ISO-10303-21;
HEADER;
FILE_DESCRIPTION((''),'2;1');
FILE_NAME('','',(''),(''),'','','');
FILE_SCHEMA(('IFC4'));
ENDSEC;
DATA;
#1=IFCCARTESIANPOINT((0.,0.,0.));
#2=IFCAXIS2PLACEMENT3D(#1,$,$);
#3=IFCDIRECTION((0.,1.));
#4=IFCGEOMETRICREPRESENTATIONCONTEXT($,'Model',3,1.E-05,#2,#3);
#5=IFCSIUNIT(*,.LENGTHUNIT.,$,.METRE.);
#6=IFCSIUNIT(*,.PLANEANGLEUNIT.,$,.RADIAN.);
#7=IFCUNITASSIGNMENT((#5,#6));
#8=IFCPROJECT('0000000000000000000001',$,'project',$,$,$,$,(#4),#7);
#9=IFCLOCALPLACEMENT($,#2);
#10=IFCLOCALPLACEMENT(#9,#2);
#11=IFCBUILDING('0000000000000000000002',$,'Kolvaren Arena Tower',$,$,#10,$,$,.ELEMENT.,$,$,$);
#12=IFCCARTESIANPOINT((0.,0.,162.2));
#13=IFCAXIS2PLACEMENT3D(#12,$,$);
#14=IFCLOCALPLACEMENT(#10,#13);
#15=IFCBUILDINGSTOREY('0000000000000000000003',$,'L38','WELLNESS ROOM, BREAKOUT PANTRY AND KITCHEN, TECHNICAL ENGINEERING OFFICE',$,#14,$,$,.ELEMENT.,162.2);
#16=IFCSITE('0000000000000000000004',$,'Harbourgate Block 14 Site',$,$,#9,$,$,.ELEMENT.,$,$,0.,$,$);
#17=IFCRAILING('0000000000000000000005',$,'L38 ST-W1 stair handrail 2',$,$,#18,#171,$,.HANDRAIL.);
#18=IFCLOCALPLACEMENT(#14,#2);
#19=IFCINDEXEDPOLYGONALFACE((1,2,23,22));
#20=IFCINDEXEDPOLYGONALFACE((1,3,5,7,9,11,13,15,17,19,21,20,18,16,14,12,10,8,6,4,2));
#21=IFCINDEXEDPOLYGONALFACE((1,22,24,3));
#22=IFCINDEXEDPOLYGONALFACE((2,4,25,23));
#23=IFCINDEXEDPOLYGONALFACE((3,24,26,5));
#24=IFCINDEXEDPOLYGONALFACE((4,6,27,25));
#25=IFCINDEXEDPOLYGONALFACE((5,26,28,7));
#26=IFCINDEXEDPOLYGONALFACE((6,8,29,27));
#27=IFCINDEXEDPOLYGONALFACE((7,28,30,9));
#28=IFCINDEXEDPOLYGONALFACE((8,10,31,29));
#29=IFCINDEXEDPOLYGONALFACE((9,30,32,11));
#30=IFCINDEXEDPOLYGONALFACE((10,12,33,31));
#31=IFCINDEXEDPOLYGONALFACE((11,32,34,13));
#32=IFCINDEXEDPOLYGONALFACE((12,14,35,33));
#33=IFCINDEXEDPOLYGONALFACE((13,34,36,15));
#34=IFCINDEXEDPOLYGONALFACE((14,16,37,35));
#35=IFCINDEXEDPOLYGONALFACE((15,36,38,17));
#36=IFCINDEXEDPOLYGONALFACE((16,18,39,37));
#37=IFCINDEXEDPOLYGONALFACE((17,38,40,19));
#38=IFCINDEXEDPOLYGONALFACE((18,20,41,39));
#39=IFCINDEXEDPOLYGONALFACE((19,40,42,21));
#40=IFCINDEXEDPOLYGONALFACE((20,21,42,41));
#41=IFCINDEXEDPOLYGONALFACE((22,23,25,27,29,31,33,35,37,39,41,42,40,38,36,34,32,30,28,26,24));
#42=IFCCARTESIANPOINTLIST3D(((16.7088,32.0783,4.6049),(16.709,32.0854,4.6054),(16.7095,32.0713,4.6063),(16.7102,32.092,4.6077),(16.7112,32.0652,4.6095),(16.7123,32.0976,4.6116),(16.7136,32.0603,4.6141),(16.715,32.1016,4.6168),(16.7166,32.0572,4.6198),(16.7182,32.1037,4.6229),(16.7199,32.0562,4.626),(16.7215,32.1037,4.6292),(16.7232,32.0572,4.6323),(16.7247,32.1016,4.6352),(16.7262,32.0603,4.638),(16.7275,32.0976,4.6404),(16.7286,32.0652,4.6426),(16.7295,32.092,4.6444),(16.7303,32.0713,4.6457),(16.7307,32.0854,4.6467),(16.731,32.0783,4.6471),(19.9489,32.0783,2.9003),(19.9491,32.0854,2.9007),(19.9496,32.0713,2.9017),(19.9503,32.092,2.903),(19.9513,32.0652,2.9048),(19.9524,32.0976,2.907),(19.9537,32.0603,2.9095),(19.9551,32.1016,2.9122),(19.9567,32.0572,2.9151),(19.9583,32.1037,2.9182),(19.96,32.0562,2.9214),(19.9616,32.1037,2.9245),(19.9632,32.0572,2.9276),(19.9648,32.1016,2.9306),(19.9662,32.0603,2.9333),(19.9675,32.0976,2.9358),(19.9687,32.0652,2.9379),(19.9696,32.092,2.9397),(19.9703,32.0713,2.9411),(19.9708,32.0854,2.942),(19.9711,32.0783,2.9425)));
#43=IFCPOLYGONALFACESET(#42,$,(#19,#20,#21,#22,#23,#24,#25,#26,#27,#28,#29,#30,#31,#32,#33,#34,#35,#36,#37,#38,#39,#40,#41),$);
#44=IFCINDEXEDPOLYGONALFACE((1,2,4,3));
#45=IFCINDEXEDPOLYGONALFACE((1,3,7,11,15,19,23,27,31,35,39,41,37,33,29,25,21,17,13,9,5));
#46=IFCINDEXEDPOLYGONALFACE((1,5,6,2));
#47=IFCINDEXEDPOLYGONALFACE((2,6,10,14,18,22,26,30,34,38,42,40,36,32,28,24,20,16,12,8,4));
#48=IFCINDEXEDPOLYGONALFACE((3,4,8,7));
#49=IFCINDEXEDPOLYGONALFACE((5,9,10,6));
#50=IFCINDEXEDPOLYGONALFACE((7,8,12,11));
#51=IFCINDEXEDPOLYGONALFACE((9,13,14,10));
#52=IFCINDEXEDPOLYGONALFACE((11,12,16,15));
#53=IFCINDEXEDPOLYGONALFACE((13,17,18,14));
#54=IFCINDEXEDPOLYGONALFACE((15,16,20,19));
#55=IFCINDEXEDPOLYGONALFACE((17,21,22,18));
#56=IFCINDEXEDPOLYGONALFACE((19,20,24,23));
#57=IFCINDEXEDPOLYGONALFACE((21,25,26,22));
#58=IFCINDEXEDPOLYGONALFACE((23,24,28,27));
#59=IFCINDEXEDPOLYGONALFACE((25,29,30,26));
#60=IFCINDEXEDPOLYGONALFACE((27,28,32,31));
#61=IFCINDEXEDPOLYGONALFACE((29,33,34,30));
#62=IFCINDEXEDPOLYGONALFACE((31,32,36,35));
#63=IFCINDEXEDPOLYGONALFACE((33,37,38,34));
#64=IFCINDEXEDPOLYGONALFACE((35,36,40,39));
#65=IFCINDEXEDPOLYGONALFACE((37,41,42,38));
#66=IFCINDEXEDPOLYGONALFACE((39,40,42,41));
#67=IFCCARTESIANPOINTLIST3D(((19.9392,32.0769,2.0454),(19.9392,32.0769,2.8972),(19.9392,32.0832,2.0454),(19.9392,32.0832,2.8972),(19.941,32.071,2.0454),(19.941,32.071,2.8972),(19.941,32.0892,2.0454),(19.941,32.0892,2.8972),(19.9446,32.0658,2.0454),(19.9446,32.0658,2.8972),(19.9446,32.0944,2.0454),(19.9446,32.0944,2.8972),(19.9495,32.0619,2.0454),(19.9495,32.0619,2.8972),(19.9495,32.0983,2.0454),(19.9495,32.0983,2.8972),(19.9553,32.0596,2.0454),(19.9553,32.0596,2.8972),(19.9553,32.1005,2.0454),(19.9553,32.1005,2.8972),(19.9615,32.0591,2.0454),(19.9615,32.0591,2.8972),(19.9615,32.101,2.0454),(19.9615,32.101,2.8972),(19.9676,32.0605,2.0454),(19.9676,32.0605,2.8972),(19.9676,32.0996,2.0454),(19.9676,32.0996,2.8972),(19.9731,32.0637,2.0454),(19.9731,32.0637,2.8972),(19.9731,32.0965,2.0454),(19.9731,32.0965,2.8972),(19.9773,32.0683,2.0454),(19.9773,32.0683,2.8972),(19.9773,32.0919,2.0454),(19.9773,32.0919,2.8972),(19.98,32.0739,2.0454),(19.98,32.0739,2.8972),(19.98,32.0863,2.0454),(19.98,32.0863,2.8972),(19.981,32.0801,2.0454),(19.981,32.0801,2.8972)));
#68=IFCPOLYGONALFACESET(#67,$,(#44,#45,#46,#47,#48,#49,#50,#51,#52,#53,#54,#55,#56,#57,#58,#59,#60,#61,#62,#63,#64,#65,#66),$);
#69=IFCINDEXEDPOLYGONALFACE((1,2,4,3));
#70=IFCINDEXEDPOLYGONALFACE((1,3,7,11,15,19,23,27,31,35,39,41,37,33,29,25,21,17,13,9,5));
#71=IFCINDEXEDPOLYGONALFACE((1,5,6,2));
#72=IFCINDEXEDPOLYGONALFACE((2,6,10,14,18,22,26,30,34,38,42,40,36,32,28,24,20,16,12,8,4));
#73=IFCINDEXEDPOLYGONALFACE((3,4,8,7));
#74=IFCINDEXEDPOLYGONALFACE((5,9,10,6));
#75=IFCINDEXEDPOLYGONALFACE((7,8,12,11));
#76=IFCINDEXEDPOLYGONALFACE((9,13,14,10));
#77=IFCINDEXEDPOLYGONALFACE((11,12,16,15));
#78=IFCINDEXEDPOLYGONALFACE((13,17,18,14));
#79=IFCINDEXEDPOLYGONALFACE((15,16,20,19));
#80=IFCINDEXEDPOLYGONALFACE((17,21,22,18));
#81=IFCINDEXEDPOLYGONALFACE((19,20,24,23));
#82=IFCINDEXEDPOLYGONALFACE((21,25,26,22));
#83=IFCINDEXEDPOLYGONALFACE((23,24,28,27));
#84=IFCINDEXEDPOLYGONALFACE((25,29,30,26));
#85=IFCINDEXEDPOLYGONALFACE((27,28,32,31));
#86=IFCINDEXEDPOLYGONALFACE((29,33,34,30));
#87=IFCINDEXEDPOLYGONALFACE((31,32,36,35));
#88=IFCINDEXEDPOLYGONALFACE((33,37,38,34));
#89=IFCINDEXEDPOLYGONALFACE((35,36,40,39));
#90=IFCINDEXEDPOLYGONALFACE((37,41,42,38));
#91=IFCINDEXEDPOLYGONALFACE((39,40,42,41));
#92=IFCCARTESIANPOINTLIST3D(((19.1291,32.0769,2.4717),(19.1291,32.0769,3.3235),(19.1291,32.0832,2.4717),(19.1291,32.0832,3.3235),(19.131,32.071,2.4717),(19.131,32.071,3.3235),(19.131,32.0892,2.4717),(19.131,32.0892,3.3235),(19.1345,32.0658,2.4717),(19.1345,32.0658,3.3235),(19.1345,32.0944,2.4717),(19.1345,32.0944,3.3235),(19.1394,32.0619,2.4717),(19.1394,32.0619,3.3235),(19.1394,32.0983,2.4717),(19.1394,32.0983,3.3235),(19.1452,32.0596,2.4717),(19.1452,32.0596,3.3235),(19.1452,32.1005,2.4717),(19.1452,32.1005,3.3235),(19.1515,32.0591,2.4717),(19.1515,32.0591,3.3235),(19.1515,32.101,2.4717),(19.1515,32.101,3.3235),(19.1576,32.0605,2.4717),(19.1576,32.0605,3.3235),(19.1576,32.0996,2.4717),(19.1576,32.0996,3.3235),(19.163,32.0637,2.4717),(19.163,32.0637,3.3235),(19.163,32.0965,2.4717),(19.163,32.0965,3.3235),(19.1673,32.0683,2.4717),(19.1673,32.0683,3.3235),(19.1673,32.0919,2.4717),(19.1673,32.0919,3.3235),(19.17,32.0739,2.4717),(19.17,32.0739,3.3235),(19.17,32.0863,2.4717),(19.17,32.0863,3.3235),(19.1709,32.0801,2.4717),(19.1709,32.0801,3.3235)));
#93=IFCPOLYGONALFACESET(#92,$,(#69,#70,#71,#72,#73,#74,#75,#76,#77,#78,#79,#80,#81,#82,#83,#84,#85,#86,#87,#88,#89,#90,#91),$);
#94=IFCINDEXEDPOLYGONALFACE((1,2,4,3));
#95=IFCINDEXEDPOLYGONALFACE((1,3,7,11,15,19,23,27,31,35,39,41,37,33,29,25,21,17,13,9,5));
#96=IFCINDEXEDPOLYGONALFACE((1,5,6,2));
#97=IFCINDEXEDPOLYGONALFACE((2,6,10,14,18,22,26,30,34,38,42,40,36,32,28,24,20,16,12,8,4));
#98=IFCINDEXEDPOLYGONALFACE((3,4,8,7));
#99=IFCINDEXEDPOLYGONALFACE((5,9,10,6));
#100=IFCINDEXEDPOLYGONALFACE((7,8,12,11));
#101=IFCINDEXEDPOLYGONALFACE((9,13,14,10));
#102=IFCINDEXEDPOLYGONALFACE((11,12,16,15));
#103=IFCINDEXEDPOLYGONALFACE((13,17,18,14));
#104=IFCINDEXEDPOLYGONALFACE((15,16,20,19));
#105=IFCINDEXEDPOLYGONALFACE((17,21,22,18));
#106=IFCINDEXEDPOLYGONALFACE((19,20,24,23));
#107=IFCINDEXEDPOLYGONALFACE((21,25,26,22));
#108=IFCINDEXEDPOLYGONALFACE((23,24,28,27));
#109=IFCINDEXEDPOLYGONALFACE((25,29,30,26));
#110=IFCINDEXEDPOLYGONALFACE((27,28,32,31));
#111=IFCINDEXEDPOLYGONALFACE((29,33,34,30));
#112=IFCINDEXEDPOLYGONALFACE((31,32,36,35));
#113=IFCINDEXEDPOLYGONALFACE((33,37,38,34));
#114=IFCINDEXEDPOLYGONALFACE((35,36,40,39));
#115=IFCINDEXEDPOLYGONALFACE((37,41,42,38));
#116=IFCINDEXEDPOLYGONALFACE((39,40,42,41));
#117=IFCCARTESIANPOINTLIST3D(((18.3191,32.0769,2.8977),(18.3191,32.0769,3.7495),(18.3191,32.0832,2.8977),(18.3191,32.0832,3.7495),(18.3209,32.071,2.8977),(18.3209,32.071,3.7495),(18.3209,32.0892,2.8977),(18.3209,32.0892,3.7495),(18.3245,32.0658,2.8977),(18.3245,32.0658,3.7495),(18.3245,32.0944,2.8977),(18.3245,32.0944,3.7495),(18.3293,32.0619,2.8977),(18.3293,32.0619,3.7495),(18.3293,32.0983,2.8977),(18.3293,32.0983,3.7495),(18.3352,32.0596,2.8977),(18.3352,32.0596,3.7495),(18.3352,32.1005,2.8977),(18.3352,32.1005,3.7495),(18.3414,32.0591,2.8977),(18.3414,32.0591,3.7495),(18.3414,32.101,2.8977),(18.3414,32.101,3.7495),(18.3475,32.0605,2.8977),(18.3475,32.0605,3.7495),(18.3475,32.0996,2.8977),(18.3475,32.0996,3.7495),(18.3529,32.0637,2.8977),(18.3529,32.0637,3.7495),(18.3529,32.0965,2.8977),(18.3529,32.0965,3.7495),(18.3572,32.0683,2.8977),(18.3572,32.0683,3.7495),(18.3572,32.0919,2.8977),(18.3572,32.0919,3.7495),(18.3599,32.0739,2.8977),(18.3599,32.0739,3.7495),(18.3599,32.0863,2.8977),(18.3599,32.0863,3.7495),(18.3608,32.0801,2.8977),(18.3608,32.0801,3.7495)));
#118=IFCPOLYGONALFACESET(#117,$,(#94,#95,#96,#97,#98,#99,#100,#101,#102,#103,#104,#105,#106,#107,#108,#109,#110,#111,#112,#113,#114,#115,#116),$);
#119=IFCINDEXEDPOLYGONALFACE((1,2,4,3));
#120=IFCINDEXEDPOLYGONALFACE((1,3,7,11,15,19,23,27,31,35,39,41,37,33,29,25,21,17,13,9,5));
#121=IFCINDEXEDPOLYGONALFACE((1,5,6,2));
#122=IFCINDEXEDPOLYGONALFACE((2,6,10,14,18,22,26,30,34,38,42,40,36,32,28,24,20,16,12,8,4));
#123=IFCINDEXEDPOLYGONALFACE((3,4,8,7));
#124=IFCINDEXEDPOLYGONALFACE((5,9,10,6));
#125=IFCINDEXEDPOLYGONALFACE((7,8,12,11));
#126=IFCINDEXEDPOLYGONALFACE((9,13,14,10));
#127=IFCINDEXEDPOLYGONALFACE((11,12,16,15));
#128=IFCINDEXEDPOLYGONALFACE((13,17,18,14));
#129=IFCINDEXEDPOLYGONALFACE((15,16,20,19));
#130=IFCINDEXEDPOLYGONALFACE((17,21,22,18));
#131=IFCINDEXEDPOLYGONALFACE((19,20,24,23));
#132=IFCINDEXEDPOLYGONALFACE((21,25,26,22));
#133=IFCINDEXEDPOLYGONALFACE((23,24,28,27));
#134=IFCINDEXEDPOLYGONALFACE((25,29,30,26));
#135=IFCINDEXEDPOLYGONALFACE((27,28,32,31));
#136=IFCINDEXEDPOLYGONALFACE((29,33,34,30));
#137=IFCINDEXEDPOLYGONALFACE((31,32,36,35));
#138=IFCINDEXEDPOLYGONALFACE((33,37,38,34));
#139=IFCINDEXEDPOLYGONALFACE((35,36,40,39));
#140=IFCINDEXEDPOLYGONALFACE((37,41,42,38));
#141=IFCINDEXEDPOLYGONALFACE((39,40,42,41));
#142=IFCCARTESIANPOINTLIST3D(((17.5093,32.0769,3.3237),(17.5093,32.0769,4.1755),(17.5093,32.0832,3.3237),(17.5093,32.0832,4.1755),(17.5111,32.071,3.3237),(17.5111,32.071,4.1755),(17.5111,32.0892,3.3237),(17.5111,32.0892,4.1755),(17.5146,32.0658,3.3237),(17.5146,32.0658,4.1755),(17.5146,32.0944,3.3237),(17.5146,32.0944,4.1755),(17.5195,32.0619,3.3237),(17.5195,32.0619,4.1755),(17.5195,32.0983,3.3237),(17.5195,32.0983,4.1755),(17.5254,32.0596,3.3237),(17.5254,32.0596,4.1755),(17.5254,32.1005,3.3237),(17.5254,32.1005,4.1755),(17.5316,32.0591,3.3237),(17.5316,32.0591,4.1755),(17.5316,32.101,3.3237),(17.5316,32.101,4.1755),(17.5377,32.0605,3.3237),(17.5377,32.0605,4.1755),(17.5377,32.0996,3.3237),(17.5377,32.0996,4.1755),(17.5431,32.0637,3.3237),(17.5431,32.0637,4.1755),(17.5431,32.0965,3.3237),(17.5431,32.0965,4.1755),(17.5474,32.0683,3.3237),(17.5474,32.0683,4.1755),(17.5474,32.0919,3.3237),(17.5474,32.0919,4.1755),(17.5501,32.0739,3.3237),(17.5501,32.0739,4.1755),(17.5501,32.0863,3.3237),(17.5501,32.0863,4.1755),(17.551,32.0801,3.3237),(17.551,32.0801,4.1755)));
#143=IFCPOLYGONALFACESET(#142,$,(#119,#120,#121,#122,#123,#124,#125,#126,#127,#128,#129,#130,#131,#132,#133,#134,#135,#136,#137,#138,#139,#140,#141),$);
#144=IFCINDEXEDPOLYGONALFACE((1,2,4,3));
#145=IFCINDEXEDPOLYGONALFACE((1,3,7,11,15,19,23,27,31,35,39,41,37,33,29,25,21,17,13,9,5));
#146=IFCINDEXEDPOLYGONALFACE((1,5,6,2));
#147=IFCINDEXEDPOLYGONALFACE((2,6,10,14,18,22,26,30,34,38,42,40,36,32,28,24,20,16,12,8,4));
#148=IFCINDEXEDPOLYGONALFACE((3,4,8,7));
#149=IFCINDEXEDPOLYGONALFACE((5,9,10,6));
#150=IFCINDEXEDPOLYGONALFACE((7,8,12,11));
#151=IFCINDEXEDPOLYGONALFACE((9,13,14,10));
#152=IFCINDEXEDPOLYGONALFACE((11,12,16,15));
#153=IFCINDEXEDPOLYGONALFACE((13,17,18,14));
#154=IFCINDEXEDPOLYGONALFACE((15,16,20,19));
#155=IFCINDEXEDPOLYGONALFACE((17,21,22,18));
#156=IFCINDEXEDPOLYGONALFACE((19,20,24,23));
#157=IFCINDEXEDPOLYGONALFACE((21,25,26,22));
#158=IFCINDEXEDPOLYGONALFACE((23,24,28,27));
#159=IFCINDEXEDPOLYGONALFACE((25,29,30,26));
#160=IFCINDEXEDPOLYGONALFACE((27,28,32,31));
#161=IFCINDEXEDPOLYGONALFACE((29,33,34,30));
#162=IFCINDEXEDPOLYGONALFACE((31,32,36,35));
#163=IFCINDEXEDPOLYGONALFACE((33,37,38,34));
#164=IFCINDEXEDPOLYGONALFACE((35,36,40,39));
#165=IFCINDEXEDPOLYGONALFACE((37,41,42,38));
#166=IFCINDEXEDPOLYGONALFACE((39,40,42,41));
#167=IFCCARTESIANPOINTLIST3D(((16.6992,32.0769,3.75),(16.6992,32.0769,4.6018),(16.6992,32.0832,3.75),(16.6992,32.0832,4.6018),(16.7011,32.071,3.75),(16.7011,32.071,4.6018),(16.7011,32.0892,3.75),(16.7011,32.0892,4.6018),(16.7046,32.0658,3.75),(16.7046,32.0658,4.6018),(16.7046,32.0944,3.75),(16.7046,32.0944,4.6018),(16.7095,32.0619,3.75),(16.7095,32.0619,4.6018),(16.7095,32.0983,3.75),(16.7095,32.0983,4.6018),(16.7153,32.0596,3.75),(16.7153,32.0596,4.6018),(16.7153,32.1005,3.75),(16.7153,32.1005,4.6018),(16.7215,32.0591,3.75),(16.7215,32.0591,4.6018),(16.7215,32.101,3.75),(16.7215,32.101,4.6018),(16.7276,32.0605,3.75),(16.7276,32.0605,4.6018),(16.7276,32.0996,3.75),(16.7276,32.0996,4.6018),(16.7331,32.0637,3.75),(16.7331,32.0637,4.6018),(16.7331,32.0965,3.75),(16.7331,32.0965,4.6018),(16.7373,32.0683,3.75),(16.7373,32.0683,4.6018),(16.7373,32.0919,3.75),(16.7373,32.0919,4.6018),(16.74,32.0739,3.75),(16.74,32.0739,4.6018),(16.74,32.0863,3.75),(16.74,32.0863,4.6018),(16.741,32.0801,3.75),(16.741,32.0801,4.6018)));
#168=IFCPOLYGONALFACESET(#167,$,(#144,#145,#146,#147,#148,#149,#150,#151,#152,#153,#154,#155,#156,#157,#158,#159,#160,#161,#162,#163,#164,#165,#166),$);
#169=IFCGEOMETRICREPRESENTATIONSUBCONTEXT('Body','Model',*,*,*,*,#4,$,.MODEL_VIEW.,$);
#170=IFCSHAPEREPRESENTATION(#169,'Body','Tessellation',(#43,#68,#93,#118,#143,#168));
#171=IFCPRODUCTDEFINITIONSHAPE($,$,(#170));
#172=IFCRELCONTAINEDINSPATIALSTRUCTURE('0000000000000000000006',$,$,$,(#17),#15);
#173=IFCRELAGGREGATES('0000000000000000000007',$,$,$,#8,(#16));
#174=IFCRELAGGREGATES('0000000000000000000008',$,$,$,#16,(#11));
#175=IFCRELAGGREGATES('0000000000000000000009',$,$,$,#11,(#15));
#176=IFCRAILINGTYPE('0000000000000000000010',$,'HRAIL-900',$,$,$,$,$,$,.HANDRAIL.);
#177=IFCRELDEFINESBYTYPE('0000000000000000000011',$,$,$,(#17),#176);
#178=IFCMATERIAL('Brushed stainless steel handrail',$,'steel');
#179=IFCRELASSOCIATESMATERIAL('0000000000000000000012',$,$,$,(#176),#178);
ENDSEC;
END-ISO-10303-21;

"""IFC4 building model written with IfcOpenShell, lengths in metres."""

from ifc_helpers import new_model, si_unit, direction, frame, origin, origin_2d, place, context, subcontext, project, spatial, circle, extrude, material, type_object, element, save


model = new_model("IFC4")

# Units and contexts
model_context = context("Model", 3, precision=1e-05, world=origin(), true_north=direction((0.0, 1.0)))
body_context = subcontext(model_context, "Body", "Model", "MODEL_VIEW")
ifc_project = project(units=[si_unit("LENGTHUNIT", "METRE"), si_unit("PLANEANGLEUNIT", "RADIAN")], contexts=[model_context])

# Site, building, storey
site_placement = place(None, origin())
site = spatial("IfcSite", under=ifc_project, at=site_placement, Name="Harbourgate Block 14 Site", CompositionType="ELEMENT", RefElevation=0.0)
building_placement = place(site_placement, origin())
building = spatial("IfcBuilding", under=site, at=building_placement, Name="Kolvaren Arena Tower", CompositionType="ELEMENT")
storey_placement = place(building_placement, frame((0.0, 0.0, 162.2)))
storey = spatial("IfcBuildingStorey", under=building, at=storey_placement, Name="L38", Description="WELLNESS ROOM, BREAKOUT PANTRY AND KITCHEN, TECHNICAL ENGINEERING OFFICE", CompositionType="ELEMENT", Elevation=162.2)

# Railing
ifc_material_1 = material(Name="Brushed stainless steel handrail", Category="steel")
railing_type_1 = type_object("IfcRailingType", Name="HRAIL-900", PredefinedType="HANDRAIL", material=ifc_material_1)
railing_1_placement = place(storey_placement, frame((19.96, 32.0801, 2.0454)))
element("IfcRailing", 1, at=railing_1_placement, inside=storey, type_object=railing_type_1, Name="L38 ST-W1 stair handrail 2", PredefinedType="HANDRAIL", context=body_context, shape_type="SweptSolid", body=[
    extrude(circle(Radius=0.0239, at=origin_2d()), frame((0.0, 0.0, 0.876), z_axis=(-0.884993, 0.0, 0.465604), x_axis=(0.0, -1.0, 0.0)), (0.0, 0.0, 1.0), 3.6611),
    extrude(circle(Radius=0.021, at=origin_2d()), origin(), (0.0, 0.0, 1.0), 0.8518),
    extrude(circle(Radius=0.021, at=origin_2d()), frame((-0.8101, 0.0, 0.4263)), (0.0, 0.0, 1.0), 0.8518),
    extrude(circle(Radius=0.021, at=origin_2d()), frame((-1.6201, 0.0, 0.8523)), (0.0, 0.0, 1.0), 0.8518),
    extrude(circle(Radius=0.021, at=origin_2d()), frame((-2.4299, 0.0, 1.2783)), (0.0, 0.0, 1.0), 0.8518),
    extrude(circle(Radius=0.021, at=origin_2d()), frame((-3.24, 0.0, 1.7046)), (0.0, 0.0, 1.0), 0.8518),
])

save(model, "model.ifc")
